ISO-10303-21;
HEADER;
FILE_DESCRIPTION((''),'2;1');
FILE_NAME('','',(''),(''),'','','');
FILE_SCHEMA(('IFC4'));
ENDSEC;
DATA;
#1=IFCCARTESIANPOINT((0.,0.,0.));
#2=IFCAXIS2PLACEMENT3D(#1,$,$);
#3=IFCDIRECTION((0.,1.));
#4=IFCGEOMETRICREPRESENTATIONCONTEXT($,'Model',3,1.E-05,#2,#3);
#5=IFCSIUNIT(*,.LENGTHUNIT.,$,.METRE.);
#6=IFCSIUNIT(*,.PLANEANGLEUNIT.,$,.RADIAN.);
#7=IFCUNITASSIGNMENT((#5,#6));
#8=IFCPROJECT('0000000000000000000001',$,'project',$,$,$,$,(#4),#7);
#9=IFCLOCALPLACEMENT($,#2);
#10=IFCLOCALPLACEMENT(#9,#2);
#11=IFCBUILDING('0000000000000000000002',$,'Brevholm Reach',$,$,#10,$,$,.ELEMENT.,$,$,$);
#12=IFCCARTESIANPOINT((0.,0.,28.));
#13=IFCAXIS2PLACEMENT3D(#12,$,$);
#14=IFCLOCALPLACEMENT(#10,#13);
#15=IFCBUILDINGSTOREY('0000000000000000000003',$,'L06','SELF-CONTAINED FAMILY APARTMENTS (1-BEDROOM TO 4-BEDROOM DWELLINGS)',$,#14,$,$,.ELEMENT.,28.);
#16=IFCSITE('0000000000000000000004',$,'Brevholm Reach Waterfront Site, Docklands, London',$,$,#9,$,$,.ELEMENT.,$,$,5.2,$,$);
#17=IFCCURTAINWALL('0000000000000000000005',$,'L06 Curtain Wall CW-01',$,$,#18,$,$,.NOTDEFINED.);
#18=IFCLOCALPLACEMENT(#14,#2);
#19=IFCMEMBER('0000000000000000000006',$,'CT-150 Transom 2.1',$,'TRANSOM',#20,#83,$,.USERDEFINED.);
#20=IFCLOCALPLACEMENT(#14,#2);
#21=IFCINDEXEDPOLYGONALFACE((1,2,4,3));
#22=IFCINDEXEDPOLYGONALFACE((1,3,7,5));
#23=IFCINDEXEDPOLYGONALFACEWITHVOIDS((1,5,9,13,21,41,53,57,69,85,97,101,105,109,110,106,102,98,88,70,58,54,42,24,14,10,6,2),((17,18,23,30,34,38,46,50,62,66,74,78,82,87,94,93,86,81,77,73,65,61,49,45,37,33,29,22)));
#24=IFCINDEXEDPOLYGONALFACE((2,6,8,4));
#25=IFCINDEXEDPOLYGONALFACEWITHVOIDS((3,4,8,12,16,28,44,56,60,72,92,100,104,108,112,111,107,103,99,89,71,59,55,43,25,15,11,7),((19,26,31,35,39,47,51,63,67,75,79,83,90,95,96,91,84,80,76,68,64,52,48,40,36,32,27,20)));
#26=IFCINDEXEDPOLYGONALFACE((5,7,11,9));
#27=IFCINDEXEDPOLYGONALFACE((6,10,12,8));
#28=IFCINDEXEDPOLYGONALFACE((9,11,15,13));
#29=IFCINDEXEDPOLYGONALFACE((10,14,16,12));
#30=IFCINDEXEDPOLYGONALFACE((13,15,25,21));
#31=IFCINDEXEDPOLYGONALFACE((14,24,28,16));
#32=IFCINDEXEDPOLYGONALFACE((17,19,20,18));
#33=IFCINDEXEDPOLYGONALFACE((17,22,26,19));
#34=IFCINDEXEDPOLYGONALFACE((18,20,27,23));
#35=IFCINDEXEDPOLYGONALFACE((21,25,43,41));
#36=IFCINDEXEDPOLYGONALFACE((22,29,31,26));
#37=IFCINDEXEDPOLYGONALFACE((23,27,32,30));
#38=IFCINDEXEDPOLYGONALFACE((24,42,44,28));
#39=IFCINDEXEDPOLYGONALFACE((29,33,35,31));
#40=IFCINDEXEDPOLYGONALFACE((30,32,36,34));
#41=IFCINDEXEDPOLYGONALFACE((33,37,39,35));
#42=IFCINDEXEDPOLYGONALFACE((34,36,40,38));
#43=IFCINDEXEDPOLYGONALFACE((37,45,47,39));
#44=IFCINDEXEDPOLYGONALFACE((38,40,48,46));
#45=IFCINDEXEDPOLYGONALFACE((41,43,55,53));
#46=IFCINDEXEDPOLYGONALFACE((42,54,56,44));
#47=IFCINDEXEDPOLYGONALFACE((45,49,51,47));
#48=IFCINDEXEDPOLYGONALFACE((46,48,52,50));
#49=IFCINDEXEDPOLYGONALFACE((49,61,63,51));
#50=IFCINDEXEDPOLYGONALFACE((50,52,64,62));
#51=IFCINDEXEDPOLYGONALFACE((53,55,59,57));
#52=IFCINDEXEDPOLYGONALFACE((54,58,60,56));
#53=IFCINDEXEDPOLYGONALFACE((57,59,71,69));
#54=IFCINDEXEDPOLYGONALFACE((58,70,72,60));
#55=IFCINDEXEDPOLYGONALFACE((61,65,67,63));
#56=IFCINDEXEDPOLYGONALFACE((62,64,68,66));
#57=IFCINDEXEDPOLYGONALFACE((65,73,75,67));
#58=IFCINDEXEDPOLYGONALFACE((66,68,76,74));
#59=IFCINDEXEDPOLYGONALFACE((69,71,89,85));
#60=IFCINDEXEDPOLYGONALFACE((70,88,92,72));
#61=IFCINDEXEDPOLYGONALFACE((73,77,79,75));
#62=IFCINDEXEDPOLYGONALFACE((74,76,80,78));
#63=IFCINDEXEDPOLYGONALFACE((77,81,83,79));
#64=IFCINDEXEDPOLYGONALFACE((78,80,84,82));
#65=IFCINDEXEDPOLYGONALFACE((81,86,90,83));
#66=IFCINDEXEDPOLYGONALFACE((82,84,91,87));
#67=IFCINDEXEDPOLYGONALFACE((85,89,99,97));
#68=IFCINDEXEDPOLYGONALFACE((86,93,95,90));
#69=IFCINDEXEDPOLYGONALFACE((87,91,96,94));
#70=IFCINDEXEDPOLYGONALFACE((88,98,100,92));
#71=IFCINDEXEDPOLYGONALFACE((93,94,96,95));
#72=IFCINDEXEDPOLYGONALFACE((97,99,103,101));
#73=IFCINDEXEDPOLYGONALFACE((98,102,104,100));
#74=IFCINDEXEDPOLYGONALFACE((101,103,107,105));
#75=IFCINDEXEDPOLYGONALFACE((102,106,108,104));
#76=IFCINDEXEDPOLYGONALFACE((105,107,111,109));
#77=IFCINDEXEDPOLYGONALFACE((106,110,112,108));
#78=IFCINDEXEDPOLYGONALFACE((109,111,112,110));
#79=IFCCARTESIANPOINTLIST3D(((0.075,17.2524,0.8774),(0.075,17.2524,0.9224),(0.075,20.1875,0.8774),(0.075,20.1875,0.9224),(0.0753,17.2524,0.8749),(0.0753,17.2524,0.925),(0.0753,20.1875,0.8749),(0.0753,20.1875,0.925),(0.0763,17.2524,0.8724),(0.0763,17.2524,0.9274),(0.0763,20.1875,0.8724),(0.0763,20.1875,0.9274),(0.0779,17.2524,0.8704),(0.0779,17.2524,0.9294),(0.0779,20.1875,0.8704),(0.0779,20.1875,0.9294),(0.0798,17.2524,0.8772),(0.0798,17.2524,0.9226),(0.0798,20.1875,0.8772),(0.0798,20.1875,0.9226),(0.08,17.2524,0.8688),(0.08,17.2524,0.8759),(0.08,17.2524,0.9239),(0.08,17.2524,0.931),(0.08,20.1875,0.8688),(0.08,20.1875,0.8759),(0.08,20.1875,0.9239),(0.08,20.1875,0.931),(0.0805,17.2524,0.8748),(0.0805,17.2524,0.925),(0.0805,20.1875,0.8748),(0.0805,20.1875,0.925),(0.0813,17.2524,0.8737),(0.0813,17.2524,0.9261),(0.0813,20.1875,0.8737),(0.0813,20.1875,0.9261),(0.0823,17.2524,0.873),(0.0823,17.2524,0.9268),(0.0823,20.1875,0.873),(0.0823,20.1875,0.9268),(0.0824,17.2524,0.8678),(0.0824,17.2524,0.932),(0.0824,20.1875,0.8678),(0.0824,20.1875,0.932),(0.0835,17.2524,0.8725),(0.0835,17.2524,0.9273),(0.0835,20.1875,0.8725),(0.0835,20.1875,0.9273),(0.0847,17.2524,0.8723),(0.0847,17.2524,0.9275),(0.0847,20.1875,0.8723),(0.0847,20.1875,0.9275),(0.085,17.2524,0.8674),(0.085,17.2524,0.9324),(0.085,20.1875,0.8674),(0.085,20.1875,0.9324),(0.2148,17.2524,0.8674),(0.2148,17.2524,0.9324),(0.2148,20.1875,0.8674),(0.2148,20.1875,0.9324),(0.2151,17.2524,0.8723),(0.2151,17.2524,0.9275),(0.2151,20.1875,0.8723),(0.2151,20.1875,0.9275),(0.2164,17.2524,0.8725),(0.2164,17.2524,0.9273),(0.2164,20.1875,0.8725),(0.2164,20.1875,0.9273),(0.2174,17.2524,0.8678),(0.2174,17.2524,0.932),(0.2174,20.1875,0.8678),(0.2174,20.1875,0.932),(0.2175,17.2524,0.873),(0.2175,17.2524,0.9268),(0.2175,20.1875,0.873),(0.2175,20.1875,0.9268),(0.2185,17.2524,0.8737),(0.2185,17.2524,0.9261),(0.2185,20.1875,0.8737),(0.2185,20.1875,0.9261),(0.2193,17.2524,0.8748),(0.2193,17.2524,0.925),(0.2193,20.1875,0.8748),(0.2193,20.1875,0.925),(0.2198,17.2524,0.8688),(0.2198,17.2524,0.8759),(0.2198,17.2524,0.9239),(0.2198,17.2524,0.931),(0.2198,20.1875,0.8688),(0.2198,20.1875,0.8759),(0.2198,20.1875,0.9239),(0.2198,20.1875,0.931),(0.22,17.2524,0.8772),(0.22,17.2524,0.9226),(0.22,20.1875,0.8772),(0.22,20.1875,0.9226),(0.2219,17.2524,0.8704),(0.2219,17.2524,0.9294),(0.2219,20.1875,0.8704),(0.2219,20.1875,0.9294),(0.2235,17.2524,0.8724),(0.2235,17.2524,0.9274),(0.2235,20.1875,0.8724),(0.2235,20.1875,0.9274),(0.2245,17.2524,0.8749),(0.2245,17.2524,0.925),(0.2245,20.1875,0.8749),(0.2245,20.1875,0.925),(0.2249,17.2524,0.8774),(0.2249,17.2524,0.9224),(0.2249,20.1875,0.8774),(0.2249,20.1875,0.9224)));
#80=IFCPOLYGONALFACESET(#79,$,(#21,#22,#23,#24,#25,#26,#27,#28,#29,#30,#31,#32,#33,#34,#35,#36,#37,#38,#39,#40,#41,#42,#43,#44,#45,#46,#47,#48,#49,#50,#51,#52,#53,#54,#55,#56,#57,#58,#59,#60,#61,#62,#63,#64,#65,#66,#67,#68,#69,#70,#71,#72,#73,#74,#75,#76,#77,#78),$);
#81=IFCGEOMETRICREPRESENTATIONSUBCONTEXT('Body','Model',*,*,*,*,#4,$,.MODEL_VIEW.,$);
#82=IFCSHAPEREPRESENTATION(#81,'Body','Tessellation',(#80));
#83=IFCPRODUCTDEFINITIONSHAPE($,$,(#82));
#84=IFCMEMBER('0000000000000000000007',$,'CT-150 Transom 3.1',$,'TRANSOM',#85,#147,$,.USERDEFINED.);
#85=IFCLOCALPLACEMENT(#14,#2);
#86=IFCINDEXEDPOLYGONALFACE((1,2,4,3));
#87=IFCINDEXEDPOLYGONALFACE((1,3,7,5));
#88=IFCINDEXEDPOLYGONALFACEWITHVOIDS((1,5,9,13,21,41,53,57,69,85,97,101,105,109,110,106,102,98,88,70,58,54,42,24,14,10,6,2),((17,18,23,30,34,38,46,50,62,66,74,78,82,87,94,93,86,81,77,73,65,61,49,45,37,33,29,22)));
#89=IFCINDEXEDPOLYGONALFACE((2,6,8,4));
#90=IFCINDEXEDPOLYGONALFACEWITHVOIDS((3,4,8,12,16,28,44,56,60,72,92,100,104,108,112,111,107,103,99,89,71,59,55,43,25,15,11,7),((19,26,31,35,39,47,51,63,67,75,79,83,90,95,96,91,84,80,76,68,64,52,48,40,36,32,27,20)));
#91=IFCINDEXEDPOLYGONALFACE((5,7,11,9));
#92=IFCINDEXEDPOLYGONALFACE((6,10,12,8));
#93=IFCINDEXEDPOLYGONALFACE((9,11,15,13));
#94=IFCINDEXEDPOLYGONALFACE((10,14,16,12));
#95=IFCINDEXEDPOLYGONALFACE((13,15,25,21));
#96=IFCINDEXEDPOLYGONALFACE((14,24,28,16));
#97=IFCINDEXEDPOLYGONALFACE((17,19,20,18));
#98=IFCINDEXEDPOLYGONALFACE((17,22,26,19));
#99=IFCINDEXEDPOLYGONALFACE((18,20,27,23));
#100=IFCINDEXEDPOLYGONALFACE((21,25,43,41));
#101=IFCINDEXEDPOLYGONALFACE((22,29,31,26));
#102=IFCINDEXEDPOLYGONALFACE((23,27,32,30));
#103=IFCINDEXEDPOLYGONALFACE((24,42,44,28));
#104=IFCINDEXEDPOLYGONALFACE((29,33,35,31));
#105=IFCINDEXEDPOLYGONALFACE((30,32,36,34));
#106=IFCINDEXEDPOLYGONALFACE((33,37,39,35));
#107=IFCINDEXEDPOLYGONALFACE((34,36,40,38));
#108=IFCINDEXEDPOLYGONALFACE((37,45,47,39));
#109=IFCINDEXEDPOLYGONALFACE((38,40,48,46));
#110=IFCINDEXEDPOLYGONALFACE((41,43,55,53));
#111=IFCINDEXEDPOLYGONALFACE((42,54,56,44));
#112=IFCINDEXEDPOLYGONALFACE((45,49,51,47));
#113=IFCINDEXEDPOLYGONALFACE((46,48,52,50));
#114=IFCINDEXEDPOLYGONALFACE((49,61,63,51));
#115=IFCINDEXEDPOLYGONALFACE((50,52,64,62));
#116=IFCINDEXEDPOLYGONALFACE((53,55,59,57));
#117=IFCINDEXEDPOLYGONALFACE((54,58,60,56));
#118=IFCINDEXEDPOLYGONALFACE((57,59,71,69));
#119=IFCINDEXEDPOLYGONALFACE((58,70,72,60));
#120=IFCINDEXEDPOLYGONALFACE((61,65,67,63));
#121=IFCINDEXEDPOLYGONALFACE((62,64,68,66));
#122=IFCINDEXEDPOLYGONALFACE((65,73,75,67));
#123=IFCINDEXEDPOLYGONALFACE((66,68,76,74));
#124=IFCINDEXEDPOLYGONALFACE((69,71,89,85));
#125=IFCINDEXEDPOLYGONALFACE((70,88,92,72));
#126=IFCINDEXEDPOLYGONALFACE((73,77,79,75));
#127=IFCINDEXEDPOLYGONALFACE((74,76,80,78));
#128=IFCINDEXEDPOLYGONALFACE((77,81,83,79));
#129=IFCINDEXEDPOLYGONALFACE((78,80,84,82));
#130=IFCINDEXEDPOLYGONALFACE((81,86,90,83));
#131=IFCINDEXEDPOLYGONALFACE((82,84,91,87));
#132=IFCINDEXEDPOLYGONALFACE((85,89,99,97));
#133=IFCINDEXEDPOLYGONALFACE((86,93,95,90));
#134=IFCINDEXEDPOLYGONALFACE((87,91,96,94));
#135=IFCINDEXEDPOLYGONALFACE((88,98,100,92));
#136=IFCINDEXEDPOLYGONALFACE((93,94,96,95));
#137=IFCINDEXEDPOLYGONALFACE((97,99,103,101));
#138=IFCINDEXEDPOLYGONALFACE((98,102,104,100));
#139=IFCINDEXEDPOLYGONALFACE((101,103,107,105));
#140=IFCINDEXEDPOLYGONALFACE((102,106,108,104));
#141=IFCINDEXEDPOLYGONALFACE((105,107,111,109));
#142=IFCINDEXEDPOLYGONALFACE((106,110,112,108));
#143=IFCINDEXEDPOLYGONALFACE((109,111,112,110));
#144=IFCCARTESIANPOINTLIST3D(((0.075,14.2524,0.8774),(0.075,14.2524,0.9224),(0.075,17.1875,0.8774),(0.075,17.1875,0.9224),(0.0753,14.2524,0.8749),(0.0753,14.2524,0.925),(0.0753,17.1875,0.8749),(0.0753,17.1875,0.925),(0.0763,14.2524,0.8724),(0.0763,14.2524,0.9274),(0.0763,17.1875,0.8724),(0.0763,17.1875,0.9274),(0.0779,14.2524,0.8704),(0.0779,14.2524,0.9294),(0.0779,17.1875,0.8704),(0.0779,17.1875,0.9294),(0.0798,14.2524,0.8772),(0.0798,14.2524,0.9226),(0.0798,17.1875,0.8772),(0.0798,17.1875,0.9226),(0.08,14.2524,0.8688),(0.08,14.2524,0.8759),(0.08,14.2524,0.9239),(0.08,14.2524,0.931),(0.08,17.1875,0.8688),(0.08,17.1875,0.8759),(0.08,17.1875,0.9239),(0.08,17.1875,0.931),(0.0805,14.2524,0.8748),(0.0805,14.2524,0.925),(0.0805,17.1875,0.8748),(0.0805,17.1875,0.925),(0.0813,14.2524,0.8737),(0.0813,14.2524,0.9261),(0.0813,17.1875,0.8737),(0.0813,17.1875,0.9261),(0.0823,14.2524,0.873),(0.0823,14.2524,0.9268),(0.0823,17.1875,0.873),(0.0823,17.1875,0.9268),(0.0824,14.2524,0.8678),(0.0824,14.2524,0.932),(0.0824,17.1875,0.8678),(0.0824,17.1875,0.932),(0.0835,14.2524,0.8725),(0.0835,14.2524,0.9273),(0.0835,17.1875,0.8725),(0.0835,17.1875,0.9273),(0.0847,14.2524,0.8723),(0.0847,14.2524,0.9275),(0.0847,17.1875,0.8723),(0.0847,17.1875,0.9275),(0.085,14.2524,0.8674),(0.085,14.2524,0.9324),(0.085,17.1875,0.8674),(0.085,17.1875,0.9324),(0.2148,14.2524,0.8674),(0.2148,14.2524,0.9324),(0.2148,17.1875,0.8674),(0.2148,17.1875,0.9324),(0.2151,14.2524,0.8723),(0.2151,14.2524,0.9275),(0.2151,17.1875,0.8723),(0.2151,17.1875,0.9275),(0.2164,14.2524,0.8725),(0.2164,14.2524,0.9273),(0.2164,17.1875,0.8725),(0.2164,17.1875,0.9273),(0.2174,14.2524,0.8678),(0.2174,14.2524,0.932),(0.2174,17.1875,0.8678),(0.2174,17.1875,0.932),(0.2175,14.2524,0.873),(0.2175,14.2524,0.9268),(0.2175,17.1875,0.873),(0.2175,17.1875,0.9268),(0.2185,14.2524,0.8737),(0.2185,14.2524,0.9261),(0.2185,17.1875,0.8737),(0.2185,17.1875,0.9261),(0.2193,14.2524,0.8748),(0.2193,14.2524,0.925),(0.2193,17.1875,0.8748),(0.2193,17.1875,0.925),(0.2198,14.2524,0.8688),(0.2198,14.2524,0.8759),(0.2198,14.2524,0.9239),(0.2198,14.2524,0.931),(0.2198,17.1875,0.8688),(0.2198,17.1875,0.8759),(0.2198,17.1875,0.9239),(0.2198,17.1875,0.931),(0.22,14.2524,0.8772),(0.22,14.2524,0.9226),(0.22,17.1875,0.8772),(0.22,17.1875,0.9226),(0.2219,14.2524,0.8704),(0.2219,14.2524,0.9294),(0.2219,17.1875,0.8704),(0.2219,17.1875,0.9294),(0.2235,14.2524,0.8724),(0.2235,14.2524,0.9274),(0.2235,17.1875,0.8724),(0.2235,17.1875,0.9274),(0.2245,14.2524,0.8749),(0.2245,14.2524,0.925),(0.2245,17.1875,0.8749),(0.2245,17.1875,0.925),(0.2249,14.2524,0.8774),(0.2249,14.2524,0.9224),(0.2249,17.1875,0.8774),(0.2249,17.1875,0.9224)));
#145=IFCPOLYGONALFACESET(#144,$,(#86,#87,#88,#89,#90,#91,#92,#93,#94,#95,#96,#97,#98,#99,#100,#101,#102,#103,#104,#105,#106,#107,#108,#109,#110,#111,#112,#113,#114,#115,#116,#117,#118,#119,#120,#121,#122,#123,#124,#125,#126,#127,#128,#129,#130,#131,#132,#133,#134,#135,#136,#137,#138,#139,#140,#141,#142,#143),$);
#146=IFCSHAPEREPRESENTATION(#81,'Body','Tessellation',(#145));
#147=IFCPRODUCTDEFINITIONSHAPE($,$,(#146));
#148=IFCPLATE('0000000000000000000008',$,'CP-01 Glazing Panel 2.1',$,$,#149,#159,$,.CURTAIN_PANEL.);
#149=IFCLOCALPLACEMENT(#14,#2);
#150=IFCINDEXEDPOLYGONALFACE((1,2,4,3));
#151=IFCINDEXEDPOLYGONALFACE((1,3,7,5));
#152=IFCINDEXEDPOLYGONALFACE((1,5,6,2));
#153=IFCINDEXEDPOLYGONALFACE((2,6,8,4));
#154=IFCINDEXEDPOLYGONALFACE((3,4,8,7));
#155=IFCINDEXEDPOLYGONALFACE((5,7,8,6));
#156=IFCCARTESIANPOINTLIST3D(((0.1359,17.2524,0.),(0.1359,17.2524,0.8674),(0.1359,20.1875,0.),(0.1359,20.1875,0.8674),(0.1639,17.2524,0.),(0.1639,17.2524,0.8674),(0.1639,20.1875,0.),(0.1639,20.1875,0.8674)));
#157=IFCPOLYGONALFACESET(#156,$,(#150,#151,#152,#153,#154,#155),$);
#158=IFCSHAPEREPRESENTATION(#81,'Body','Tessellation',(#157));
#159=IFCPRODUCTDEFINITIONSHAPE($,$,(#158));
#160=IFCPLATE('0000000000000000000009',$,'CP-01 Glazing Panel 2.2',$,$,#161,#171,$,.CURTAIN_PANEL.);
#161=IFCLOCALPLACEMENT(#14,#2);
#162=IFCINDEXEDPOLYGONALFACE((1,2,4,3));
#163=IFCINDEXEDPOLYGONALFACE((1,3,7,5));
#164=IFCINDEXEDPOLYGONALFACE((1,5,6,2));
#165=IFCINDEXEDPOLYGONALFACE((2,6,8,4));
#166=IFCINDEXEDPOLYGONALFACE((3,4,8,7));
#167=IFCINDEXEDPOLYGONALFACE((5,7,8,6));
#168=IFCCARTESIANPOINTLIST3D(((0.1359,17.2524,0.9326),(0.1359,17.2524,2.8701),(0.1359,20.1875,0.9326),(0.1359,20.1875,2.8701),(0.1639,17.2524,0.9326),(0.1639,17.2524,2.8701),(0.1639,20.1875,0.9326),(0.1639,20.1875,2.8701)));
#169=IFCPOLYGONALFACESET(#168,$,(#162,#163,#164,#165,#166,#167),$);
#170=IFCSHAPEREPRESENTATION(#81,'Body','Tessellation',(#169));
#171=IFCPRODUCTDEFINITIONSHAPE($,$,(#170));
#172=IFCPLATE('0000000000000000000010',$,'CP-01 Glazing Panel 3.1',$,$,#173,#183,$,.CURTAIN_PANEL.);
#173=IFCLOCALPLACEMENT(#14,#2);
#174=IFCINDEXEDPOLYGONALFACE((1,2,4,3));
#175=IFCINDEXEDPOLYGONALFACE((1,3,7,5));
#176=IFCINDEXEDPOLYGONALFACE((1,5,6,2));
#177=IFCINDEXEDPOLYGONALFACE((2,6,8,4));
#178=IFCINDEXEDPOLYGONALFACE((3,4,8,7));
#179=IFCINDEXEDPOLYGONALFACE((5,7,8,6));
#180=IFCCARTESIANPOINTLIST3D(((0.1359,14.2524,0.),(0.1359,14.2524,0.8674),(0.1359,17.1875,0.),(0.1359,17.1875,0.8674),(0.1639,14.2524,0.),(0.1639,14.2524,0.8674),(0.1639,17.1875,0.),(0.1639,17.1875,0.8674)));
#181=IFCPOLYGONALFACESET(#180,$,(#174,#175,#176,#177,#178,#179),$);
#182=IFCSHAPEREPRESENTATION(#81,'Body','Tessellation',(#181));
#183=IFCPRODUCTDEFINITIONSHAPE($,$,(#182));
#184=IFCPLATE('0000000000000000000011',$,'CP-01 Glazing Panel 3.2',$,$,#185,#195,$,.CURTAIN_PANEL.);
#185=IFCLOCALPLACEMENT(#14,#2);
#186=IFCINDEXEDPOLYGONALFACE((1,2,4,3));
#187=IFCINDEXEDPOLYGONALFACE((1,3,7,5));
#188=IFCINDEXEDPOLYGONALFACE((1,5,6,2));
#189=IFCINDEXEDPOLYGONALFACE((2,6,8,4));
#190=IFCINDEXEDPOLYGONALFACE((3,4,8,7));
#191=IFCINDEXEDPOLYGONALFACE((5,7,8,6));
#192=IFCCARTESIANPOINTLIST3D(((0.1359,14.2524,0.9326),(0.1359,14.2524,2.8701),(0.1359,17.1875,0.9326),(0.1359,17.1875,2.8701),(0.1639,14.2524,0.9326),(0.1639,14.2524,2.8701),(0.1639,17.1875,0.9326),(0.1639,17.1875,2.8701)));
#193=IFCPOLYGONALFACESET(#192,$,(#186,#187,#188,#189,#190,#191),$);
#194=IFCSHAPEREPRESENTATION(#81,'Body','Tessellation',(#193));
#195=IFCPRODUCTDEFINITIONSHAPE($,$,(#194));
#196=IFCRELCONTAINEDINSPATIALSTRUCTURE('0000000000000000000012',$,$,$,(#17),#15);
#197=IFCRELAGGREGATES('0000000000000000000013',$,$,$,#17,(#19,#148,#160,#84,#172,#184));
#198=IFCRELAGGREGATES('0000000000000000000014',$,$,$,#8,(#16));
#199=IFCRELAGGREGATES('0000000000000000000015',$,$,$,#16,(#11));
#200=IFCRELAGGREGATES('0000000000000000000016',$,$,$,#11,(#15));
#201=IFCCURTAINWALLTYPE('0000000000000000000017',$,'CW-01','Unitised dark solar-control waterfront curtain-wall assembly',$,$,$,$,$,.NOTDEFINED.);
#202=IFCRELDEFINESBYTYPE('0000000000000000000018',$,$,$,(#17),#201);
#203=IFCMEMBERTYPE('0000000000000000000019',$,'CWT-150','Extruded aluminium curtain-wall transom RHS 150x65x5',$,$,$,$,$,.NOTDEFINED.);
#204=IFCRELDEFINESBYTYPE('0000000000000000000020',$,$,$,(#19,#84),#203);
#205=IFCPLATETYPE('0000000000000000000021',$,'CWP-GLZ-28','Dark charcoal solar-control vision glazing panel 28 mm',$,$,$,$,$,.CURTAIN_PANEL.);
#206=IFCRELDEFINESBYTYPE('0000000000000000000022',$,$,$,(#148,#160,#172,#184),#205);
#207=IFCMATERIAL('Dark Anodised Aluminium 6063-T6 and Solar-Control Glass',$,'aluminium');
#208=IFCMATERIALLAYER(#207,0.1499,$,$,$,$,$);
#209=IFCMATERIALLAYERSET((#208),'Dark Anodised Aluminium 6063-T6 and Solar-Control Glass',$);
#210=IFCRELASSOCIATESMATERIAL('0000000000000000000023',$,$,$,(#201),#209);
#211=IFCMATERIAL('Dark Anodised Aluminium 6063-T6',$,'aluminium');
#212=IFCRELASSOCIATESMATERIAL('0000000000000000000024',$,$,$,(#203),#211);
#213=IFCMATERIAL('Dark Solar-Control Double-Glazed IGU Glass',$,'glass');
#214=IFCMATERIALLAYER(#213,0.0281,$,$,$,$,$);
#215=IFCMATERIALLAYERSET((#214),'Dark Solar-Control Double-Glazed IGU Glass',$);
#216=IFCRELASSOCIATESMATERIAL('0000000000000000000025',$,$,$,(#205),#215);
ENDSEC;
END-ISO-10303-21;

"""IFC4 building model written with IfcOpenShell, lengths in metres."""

from ifc_helpers import new_model, si_unit, direction, frame, origin, origin_2d, place, context, subcontext, project, spatial, rectangle, hollow_rectangle, extrude, material, layer, layer_set, material_profile, profile_set, type_object, element, aggregate, save


model = new_model("IFC4")

# Units and contexts
model_context = context("Model", 3, precision=1e-05, world=origin(), true_north=direction((0.0, 1.0)))
body_context = subcontext(model_context, "Body", "Model", "MODEL_VIEW")
ifc_project = project(units=[si_unit("LENGTHUNIT", "METRE"), si_unit("PLANEANGLEUNIT", "RADIAN")], contexts=[model_context])

# Site, building, storey
site_placement = place(None, origin())
site = spatial("IfcSite", under=ifc_project, at=site_placement, Name="Brevholm Reach Waterfront Site, Docklands, London", CompositionType="ELEMENT", RefElevation=5.2)
building_placement = place(site_placement, origin())
building = spatial("IfcBuilding", under=site, at=building_placement, Name="Brevholm Reach", CompositionType="ELEMENT")
storey_placement = place(building_placement, frame((0.0, 0.0, 28.0)))
storey = spatial("IfcBuildingStorey", under=building, at=storey_placement, Name="L06", Description="SELF-CONTAINED FAMILY APARTMENTS (1-BEDROOM TO 4-BEDROOM DWELLINGS)", CompositionType="ELEMENT", Elevation=28.0)

# Curtain wall, members, plates
ifc_material_1 = material(Name="Dark Anodised Aluminium 6063-T6 and Solar-Control Glass", Category="aluminium")
ifc_layer_1 = layer(ifc_material_1, 0.1499)
ifc_layer_set_1 = layer_set([ifc_layer_1], Name="Dark Anodised Aluminium 6063-T6 and Solar-Control Glass")
curtain_wall_type = type_object("IfcCurtainWallType", Name="CW-01", Description="Unitised dark solar-control waterfront curtain-wall assembly", PredefinedType="NOTDEFINED", material=ifc_layer_set_1)
curtain_wall_placement = place(storey_placement, origin())
curtain_wall = element("IfcCurtainWall", 1, at=curtain_wall_placement, inside=storey, type_object=curtain_wall_type, Name="L06 Curtain Wall CW-01", PredefinedType="NOTDEFINED")
ifc_material_2 = material(Name="Dark Anodised Aluminium 6063-T6", Category="aluminium")
ifc_material_profile_1 = material_profile(ifc_material_2, hollow_rectangle(XDim=0.0649, YDim=0.1499, WallThickness=0.0049, InnerFilletRadius=0.0049, OuterFilletRadius=0.01, at=origin_2d()), Name="RHS 150x65x5")
ifc_profile_set_1 = profile_set([ifc_material_profile_1], Name="Dark Anodised Aluminium 6063-T6")
member_type_1 = type_object("IfcMemberType", Name="CWT-150", Description="Extruded aluminium curtain-wall transom RHS 150x65x5", PredefinedType="NOTDEFINED", material=ifc_profile_set_1)
member_1_placement = place(storey_placement, frame((0.1499, 20.1875, 0.8999), z_axis=(0.0, -1.0, 0.0), x_axis=(0.0, 0.0, 1.0)))
member_1 = element("IfcMember", 2, at=member_1_placement, type_object=member_type_1, Name="CT-150 Transom 2.1", ObjectType="TRANSOM", PredefinedType="USERDEFINED", context=body_context, shape_type="SweptSolid", body=[
    extrude(hollow_rectangle(XDim=0.0649, YDim=0.1499, WallThickness=0.0049, InnerFilletRadius=0.0049, OuterFilletRadius=0.01, at=origin_2d()), origin(), (0.0, 0.0, 1.0), 2.9351),
])
member_2_placement = place(storey_placement, frame((0.1499, 17.1875, 0.8999), z_axis=(0.0, -1.0, 0.0), x_axis=(0.0, 0.0, 1.0)))
member_2 = element("IfcMember", 3, at=member_2_placement, type_object=member_type_1, Name="CT-150 Transom 3.1", ObjectType="TRANSOM", PredefinedType="USERDEFINED", context=body_context, shape_type="SweptSolid", body=[
    extrude(hollow_rectangle(XDim=0.0649, YDim=0.1499, WallThickness=0.0049, InnerFilletRadius=0.0049, OuterFilletRadius=0.01, at=origin_2d()), origin(), (0.0, 0.0, 1.0), 2.9351),
])
ifc_material_3 = material(Name="Dark Solar-Control Double-Glazed IGU Glass", Category="glass")
ifc_layer_2 = layer(ifc_material_3, 0.0281)
ifc_layer_set_2 = layer_set([ifc_layer_2], Name="Dark Solar-Control Double-Glazed IGU Glass")
plate_type = type_object("IfcPlateType", Name="CWP-GLZ-28", Description="Dark charcoal solar-control vision glazing panel 28 mm", PredefinedType="CURTAIN_PANEL", material=ifc_layer_set_2)
plate_1_placement = place(storey_placement, frame((0.1499, 18.72, 0.0), z_axis=(0.0, 0.0, 1.0), x_axis=(0.0, -1.0, 0.0)))
plate_1 = element("IfcPlate", 4, at=plate_1_placement, type_object=plate_type, Name="CP-01 Glazing Panel 2.1", PredefinedType="CURTAIN_PANEL", context=body_context, shape_type="SweptSolid", body=[
    extrude(rectangle(XDim=2.9351, YDim=0.0281, at=origin_2d()), origin(), (0.0, 0.0, 1.0), 0.8674),
])
plate_2_placement = place(storey_placement, frame((0.1499, 18.72, 0.9326), z_axis=(0.0, 0.0, 1.0), x_axis=(0.0, -1.0, 0.0)))
plate_2 = element("IfcPlate", 5, at=plate_2_placement, type_object=plate_type, Name="CP-01 Glazing Panel 2.2", PredefinedType="CURTAIN_PANEL", context=body_context, shape_type="SweptSolid", body=[
    extrude(rectangle(XDim=2.9351, YDim=0.0281, at=origin_2d()), origin(), (0.0, 0.0, 1.0), 1.9375),
])
plate_3_placement = place(storey_placement, frame((0.1499, 15.72, 0.0), z_axis=(0.0, 0.0, 1.0), x_axis=(0.0, -1.0, 0.0)))
plate_3 = element("IfcPlate", 6, at=plate_3_placement, type_object=plate_type, Name="CP-01 Glazing Panel 3.1", PredefinedType="CURTAIN_PANEL", context=body_context, shape_type="SweptSolid", body=[
    extrude(rectangle(XDim=2.9351, YDim=0.0281, at=origin_2d()), origin(), (0.0, 0.0, 1.0), 0.8674),
])
plate_4_placement = place(storey_placement, frame((0.1499, 15.72, 0.9326), z_axis=(0.0, 0.0, 1.0), x_axis=(0.0, -1.0, 0.0)))
plate_4 = element("IfcPlate", 7, at=plate_4_placement, type_object=plate_type, Name="CP-01 Glazing Panel 3.2", PredefinedType="CURTAIN_PANEL", context=body_context, shape_type="SweptSolid", body=[
    extrude(rectangle(XDim=2.9351, YDim=0.0281, at=origin_2d()), origin(), (0.0, 0.0, 1.0), 1.9375),
])
aggregate(curtain_wall, [member_1, plate_1, plate_2, member_2, plate_3, plate_4])

save(model, "model.ifc")
